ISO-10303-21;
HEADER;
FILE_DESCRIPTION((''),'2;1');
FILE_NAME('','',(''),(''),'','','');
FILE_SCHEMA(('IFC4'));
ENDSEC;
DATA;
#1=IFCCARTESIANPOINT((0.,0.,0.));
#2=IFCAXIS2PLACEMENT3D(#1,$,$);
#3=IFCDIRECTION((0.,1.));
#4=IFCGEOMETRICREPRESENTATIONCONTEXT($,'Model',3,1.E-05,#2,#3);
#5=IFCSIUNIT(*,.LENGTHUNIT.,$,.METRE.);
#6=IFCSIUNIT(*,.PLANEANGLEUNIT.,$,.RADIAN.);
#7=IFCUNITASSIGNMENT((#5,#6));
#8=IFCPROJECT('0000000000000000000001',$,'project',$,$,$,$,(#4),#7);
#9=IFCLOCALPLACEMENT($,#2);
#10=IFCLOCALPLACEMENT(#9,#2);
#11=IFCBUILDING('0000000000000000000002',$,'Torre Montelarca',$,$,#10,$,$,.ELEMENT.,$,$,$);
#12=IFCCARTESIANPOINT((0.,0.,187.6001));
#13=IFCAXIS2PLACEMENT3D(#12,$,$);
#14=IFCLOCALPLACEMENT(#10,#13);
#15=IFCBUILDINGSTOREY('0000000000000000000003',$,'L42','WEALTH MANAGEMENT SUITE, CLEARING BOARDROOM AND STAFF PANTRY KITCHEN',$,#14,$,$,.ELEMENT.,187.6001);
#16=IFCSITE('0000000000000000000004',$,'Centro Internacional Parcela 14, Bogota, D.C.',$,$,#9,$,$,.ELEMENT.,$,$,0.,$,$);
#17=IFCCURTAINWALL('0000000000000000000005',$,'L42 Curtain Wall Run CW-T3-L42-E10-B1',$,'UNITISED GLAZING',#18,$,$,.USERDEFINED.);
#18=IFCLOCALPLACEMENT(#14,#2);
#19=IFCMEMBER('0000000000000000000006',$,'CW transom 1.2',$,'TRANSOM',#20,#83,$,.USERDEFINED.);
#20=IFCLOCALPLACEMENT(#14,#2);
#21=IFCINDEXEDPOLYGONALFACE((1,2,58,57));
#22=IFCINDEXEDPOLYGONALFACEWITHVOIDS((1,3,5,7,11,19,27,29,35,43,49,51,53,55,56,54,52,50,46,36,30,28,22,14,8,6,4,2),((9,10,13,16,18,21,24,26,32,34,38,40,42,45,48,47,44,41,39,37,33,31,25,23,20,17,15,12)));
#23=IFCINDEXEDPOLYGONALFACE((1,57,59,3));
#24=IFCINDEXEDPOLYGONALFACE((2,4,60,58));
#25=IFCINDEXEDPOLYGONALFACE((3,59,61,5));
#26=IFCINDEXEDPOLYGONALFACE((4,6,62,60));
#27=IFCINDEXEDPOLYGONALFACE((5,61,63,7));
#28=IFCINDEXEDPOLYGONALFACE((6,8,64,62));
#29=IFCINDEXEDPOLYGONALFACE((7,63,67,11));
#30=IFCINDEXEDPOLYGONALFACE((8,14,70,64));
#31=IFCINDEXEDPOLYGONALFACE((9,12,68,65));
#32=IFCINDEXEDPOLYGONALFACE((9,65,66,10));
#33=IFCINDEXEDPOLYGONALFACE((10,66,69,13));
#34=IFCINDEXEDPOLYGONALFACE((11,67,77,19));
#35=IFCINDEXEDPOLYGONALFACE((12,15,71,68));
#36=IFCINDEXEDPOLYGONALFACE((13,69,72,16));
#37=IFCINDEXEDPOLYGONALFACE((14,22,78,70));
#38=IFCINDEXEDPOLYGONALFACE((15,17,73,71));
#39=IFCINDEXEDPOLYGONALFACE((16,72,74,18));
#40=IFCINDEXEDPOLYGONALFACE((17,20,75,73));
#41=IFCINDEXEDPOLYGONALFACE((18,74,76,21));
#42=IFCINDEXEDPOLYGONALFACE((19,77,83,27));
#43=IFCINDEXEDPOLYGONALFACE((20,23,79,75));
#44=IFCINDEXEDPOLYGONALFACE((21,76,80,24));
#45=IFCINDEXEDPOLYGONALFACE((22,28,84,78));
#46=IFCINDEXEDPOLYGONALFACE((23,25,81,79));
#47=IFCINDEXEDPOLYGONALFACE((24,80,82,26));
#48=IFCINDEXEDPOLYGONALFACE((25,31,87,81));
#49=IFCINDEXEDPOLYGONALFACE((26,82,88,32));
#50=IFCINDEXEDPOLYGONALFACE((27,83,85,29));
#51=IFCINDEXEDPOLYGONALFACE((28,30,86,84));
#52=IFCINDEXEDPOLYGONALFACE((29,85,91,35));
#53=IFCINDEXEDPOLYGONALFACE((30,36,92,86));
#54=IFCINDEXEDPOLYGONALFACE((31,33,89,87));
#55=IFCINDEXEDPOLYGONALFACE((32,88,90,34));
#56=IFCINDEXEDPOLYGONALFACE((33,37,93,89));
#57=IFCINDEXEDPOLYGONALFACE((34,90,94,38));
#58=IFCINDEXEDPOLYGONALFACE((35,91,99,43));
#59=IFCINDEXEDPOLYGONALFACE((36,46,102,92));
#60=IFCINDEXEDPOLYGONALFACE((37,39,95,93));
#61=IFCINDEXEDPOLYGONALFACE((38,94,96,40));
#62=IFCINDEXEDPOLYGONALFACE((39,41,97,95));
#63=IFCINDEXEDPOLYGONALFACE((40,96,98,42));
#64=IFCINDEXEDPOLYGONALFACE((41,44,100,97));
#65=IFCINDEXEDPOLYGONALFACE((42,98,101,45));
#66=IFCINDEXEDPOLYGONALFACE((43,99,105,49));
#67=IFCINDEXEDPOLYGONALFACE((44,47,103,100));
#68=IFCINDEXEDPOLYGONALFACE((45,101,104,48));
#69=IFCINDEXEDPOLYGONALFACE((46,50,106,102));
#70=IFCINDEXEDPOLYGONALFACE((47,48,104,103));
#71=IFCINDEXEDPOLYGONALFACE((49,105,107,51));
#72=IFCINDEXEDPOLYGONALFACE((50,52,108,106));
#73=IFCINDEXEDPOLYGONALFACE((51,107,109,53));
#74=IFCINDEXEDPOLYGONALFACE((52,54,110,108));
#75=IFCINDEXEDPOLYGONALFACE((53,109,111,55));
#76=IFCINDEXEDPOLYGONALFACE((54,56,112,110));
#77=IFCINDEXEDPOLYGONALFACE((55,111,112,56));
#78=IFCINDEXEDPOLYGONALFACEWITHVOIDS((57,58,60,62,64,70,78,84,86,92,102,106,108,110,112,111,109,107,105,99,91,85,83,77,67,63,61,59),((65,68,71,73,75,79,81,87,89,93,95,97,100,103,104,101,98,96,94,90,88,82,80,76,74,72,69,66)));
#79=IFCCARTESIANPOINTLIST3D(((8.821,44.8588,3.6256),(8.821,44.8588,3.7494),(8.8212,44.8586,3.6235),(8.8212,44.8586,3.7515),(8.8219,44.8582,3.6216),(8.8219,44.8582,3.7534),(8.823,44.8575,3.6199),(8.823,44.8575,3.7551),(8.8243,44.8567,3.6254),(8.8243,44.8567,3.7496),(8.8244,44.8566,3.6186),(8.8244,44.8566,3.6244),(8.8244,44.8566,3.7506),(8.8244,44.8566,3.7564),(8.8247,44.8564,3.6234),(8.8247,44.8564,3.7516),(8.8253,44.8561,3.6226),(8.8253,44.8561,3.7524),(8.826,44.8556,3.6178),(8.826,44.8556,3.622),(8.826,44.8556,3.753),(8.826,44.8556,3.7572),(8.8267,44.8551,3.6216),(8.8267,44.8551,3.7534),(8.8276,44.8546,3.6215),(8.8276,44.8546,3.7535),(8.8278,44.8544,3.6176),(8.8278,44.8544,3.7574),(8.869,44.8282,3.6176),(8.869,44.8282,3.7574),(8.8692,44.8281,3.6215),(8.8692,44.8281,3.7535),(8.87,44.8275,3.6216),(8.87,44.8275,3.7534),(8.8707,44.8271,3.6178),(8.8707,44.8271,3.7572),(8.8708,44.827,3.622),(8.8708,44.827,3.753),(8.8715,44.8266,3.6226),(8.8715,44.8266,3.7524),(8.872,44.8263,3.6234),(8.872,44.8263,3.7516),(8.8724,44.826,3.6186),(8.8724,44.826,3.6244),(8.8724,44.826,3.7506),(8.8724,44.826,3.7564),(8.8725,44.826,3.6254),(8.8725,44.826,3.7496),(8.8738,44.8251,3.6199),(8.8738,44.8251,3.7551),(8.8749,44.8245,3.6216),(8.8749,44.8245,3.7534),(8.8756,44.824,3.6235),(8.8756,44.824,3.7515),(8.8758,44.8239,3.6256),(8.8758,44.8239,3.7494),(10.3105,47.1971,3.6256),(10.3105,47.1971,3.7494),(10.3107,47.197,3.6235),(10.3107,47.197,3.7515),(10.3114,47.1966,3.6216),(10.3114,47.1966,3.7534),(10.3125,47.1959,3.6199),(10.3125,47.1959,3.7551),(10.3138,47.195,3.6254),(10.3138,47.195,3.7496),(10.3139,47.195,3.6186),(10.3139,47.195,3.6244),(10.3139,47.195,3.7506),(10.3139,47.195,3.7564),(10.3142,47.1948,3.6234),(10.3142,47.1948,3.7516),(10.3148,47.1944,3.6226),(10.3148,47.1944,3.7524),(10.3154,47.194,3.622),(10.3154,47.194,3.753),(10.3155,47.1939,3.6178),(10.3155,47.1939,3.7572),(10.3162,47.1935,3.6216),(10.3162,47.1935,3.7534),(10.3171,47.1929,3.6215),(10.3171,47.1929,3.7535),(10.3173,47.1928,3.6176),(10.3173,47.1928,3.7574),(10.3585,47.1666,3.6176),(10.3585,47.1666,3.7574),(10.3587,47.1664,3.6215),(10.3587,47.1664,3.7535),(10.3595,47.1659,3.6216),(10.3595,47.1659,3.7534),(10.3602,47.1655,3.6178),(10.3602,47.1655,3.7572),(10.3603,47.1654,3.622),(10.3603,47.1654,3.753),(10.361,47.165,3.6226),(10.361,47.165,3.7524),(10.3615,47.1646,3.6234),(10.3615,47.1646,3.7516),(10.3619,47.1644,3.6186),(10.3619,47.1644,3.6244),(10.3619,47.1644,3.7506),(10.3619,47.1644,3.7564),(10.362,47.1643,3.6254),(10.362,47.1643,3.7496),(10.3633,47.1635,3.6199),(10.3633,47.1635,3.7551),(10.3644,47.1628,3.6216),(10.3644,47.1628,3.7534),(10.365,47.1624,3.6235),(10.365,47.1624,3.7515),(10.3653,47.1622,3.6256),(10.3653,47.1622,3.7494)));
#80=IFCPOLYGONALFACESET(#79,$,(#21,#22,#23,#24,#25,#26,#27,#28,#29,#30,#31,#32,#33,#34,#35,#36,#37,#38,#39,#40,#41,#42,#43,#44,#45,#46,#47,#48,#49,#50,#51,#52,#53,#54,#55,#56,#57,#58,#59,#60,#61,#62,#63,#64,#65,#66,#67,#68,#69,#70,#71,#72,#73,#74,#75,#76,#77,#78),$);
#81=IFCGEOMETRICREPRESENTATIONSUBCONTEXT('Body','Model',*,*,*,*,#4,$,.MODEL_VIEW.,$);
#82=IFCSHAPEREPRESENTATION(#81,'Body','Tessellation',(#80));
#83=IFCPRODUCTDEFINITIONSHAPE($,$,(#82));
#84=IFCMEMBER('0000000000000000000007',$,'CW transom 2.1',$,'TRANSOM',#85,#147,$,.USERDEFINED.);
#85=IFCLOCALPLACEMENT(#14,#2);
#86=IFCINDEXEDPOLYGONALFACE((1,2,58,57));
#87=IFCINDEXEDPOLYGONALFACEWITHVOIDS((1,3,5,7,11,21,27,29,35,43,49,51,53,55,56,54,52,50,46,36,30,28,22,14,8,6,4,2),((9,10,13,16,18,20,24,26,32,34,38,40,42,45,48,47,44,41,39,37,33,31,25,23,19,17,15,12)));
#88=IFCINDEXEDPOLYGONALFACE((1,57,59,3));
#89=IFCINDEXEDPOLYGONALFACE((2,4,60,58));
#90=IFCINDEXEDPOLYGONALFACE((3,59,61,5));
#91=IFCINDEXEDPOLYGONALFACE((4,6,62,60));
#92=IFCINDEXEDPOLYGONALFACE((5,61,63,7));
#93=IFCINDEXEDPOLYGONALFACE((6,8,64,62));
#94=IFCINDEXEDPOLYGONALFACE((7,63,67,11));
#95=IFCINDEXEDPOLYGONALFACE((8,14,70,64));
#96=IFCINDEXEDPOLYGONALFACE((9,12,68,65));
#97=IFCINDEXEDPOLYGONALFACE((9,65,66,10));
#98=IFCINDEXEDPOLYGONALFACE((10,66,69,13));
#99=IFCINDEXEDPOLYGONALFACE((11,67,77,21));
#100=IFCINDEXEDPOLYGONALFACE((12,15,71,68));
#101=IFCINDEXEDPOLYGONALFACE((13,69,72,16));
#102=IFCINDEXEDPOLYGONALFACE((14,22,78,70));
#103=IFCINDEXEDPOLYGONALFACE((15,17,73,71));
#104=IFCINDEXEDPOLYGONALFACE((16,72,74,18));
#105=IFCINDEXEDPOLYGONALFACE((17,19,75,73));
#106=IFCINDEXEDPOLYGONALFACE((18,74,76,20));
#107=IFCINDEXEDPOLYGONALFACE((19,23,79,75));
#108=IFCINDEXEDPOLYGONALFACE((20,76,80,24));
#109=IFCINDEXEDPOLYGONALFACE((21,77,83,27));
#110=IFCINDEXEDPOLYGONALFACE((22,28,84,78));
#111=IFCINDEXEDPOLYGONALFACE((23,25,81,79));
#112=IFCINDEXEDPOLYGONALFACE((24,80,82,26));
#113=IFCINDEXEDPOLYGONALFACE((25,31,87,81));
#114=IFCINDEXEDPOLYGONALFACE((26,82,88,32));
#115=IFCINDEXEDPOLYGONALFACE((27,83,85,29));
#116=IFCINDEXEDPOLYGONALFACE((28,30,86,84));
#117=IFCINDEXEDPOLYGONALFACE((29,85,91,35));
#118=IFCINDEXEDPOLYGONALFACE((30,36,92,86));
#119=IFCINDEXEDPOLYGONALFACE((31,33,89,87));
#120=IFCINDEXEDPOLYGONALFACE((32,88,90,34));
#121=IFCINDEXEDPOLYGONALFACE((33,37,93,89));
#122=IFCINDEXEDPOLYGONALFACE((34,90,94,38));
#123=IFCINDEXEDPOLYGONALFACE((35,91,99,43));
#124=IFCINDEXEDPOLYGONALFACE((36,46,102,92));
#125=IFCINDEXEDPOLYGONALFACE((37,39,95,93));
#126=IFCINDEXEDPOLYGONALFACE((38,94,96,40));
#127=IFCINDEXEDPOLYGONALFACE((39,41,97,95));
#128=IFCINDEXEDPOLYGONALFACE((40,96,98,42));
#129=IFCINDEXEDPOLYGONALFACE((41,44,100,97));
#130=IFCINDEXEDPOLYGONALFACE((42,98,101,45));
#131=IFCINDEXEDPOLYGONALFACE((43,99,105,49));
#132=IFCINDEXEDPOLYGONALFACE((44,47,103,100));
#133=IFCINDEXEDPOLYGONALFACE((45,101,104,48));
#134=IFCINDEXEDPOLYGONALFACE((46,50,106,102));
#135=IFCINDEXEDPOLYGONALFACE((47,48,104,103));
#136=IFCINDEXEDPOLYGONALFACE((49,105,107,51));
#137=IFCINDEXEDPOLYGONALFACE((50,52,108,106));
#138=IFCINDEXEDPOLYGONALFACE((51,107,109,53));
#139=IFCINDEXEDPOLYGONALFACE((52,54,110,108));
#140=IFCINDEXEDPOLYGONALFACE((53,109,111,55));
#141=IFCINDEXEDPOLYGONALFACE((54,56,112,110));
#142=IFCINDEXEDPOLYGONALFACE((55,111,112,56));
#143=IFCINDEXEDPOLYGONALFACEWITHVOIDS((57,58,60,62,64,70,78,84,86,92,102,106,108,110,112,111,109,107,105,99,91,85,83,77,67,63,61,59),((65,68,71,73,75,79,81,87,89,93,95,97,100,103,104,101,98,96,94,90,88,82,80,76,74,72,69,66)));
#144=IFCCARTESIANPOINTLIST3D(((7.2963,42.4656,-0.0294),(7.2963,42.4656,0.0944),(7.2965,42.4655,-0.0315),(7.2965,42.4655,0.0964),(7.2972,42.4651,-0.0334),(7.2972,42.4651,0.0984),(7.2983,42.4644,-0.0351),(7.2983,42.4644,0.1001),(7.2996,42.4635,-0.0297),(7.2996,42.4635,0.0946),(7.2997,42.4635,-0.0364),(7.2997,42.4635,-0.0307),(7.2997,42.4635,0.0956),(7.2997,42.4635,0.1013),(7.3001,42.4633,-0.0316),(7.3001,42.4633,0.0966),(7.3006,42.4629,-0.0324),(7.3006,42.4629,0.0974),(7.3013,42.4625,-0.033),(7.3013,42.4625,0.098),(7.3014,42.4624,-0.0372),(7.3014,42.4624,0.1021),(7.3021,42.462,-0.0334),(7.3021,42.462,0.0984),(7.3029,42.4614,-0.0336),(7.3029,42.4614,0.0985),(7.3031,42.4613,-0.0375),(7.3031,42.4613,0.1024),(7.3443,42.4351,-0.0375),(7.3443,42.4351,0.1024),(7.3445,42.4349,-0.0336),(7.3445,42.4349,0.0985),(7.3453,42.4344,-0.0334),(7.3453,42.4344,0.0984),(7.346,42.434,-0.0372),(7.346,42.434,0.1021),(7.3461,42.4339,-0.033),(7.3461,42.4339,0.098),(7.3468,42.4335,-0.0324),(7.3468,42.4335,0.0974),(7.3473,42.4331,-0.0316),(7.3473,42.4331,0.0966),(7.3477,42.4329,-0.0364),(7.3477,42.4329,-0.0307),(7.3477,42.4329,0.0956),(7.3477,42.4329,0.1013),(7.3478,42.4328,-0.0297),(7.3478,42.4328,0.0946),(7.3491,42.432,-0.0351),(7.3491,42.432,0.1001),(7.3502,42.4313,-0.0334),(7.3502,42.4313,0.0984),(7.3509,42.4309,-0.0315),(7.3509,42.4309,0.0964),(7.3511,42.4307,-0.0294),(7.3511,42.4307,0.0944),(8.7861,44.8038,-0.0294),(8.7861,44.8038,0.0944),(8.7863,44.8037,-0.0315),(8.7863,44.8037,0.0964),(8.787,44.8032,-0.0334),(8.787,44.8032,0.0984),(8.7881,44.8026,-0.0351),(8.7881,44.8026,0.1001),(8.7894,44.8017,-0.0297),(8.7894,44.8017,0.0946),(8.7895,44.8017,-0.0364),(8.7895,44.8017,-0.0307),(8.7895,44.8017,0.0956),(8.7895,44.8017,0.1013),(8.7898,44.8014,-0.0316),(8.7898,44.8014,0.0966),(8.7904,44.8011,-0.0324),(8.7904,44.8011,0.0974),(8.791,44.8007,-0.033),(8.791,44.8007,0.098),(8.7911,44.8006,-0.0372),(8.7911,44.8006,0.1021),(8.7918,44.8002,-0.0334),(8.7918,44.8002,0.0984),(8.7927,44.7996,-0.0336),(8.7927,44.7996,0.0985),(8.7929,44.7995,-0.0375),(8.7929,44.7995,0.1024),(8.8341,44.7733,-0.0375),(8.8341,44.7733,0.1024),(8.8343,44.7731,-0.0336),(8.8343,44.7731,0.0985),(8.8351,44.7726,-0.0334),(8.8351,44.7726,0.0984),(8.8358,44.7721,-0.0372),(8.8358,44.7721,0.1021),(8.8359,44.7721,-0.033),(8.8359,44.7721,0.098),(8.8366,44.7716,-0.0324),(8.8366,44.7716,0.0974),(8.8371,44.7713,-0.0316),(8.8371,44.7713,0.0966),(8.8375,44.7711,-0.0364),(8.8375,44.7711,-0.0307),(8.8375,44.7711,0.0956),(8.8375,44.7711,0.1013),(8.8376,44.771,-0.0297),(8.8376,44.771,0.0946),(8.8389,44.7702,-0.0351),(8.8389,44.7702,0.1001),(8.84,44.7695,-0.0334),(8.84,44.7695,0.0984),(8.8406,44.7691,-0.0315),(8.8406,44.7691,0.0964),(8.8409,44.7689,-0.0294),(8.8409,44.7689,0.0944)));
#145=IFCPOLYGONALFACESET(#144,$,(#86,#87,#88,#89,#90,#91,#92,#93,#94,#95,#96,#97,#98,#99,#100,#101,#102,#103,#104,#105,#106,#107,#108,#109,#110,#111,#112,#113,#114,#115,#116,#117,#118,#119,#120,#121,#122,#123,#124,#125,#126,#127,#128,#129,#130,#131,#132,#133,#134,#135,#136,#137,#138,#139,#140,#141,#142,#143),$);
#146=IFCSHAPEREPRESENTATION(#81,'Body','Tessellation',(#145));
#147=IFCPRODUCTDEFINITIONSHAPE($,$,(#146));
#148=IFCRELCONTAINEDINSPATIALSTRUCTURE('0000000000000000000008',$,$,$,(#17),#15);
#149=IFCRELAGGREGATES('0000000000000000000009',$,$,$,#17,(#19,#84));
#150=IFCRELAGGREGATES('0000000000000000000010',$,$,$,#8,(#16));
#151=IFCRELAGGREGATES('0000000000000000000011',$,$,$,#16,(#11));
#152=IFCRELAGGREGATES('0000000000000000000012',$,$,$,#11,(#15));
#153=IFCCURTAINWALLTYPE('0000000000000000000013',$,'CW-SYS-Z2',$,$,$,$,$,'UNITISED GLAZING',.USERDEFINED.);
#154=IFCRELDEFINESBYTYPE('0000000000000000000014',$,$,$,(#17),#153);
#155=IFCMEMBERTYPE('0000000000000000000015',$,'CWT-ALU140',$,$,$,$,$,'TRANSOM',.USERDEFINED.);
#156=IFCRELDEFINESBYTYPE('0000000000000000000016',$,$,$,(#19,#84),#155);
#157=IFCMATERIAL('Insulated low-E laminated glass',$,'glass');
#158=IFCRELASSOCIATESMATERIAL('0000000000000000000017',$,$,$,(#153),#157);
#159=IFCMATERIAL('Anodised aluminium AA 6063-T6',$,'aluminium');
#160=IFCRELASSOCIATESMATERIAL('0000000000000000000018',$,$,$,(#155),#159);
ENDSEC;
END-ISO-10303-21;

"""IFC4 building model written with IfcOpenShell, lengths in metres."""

from ifc_helpers import new_model, si_unit, direction, frame, origin, origin_2d, place, context, subcontext, project, spatial, hollow_rectangle, extrude, source, transform, mapped, material, material_profile, profile_set, type_object, element, aggregate, save


model = new_model("IFC4")

# Units and contexts
model_context = context("Model", 3, precision=1e-05, world=origin(), true_north=direction((0.0, 1.0)))
body_context = subcontext(model_context, "Body", "Model", "MODEL_VIEW")
ifc_project = project(units=[si_unit("LENGTHUNIT", "METRE"), si_unit("PLANEANGLEUNIT", "RADIAN")], contexts=[model_context])

# Site, building, storey
site_placement = place(None, origin())
site = spatial("IfcSite", under=ifc_project, at=site_placement, Name="Centro Internacional Parcela 14, Bogota, D.C.", CompositionType="ELEMENT", RefElevation=0.0)
building_placement = place(site_placement, origin())
building = spatial("IfcBuilding", under=site, at=building_placement, Name="Torre Montelarca", CompositionType="ELEMENT")
storey_placement = place(building_placement, frame((0.0, 0.0, 187.6001)))
storey = spatial("IfcBuildingStorey", under=building, at=storey_placement, Name="L42", Description="WEALTH MANAGEMENT SUITE, CLEARING BOARDROOM AND STAFF PANTRY KITCHEN", CompositionType="ELEMENT", Elevation=187.6001)

# Curtain wall, members
ifc_material_1 = material(Name="Insulated low-E laminated glass", Category="glass")
curtain_wall_type = type_object("IfcCurtainWallType", Name="CW-SYS-Z2", ElementType="UNITISED GLAZING", PredefinedType="USERDEFINED", material=ifc_material_1)
ifc_material_2 = material(Name="Anodised aluminium AA 6063-T6", Category="aluminium")
ifc_material_profile_1 = material_profile(ifc_material_2, hollow_rectangle(XDim=0.0649, YDim=0.1399, WallThickness=0.0039, InnerFilletRadius=0.0039, OuterFilletRadius=0.0081, at=origin_2d()), Name="ALU65X140X4", Category="aluminium")
ifc_profile_set_1 = profile_set([ifc_material_profile_1], Name="Anodised aluminium AA 6063-T6")
member_type_1 = type_object("IfcMemberType", Name="CWT-ALU140", ElementType="TRANSOM", PredefinedType="USERDEFINED", material=ifc_profile_set_1)
curtain_wall_1_placement = place(storey_placement, origin())
curtain_wall_1 = element("IfcCurtainWall", 1, at=curtain_wall_1_placement, inside=storey, type_object=curtain_wall_type, Name="L42 Curtain Wall Run CW-T3-L42-E10-B1", ObjectType="UNITISED GLAZING", PredefinedType="USERDEFINED")
shared_shape_1 = source(origin(), body_context, "Body", "SweptSolid", [
    extrude(hollow_rectangle(XDim=0.0649, YDim=0.1399, WallThickness=0.0039, InnerFilletRadius=0.0039, OuterFilletRadius=0.0081, at=origin_2d()), origin(), (0.0, 0.0, 1.0), 2.7725),
])
member_1_placement = place(storey_placement, frame((10.3379, 47.1797, 3.6875), z_axis=(-0.537246, -0.843426, 0.0), x_axis=(0.843426, -0.537246, 0.0)))
member_1 = element("IfcMember", 2, at=member_1_placement, type_object=member_type_1, Name="CW transom 1.2", ObjectType="TRANSOM", PredefinedType="USERDEFINED", context=body_context, shape_type="MappedRepresentation", body=[
    mapped(shared_shape_1, transform((0.0, 0.0, 0.0), scale=1.0)),
])
member_2_placement = place(storey_placement, frame((8.8135, 44.7864, 0.0325), z_axis=(-0.537348, -0.84336, 0.0), x_axis=(0.84336, -0.537348, 0.0)))
member_2 = element("IfcMember", 3, at=member_2_placement, type_object=member_type_1, Name="CW transom 2.1", ObjectType="TRANSOM", PredefinedType="USERDEFINED", context=body_context, shape_type="MappedRepresentation", body=[
    mapped(shared_shape_1, transform((0.0, 0.0, 0.0), scale=1.0)),
])

aggregate(curtain_wall_1, [member_1, member_2])

save(model, "model.ifc")
